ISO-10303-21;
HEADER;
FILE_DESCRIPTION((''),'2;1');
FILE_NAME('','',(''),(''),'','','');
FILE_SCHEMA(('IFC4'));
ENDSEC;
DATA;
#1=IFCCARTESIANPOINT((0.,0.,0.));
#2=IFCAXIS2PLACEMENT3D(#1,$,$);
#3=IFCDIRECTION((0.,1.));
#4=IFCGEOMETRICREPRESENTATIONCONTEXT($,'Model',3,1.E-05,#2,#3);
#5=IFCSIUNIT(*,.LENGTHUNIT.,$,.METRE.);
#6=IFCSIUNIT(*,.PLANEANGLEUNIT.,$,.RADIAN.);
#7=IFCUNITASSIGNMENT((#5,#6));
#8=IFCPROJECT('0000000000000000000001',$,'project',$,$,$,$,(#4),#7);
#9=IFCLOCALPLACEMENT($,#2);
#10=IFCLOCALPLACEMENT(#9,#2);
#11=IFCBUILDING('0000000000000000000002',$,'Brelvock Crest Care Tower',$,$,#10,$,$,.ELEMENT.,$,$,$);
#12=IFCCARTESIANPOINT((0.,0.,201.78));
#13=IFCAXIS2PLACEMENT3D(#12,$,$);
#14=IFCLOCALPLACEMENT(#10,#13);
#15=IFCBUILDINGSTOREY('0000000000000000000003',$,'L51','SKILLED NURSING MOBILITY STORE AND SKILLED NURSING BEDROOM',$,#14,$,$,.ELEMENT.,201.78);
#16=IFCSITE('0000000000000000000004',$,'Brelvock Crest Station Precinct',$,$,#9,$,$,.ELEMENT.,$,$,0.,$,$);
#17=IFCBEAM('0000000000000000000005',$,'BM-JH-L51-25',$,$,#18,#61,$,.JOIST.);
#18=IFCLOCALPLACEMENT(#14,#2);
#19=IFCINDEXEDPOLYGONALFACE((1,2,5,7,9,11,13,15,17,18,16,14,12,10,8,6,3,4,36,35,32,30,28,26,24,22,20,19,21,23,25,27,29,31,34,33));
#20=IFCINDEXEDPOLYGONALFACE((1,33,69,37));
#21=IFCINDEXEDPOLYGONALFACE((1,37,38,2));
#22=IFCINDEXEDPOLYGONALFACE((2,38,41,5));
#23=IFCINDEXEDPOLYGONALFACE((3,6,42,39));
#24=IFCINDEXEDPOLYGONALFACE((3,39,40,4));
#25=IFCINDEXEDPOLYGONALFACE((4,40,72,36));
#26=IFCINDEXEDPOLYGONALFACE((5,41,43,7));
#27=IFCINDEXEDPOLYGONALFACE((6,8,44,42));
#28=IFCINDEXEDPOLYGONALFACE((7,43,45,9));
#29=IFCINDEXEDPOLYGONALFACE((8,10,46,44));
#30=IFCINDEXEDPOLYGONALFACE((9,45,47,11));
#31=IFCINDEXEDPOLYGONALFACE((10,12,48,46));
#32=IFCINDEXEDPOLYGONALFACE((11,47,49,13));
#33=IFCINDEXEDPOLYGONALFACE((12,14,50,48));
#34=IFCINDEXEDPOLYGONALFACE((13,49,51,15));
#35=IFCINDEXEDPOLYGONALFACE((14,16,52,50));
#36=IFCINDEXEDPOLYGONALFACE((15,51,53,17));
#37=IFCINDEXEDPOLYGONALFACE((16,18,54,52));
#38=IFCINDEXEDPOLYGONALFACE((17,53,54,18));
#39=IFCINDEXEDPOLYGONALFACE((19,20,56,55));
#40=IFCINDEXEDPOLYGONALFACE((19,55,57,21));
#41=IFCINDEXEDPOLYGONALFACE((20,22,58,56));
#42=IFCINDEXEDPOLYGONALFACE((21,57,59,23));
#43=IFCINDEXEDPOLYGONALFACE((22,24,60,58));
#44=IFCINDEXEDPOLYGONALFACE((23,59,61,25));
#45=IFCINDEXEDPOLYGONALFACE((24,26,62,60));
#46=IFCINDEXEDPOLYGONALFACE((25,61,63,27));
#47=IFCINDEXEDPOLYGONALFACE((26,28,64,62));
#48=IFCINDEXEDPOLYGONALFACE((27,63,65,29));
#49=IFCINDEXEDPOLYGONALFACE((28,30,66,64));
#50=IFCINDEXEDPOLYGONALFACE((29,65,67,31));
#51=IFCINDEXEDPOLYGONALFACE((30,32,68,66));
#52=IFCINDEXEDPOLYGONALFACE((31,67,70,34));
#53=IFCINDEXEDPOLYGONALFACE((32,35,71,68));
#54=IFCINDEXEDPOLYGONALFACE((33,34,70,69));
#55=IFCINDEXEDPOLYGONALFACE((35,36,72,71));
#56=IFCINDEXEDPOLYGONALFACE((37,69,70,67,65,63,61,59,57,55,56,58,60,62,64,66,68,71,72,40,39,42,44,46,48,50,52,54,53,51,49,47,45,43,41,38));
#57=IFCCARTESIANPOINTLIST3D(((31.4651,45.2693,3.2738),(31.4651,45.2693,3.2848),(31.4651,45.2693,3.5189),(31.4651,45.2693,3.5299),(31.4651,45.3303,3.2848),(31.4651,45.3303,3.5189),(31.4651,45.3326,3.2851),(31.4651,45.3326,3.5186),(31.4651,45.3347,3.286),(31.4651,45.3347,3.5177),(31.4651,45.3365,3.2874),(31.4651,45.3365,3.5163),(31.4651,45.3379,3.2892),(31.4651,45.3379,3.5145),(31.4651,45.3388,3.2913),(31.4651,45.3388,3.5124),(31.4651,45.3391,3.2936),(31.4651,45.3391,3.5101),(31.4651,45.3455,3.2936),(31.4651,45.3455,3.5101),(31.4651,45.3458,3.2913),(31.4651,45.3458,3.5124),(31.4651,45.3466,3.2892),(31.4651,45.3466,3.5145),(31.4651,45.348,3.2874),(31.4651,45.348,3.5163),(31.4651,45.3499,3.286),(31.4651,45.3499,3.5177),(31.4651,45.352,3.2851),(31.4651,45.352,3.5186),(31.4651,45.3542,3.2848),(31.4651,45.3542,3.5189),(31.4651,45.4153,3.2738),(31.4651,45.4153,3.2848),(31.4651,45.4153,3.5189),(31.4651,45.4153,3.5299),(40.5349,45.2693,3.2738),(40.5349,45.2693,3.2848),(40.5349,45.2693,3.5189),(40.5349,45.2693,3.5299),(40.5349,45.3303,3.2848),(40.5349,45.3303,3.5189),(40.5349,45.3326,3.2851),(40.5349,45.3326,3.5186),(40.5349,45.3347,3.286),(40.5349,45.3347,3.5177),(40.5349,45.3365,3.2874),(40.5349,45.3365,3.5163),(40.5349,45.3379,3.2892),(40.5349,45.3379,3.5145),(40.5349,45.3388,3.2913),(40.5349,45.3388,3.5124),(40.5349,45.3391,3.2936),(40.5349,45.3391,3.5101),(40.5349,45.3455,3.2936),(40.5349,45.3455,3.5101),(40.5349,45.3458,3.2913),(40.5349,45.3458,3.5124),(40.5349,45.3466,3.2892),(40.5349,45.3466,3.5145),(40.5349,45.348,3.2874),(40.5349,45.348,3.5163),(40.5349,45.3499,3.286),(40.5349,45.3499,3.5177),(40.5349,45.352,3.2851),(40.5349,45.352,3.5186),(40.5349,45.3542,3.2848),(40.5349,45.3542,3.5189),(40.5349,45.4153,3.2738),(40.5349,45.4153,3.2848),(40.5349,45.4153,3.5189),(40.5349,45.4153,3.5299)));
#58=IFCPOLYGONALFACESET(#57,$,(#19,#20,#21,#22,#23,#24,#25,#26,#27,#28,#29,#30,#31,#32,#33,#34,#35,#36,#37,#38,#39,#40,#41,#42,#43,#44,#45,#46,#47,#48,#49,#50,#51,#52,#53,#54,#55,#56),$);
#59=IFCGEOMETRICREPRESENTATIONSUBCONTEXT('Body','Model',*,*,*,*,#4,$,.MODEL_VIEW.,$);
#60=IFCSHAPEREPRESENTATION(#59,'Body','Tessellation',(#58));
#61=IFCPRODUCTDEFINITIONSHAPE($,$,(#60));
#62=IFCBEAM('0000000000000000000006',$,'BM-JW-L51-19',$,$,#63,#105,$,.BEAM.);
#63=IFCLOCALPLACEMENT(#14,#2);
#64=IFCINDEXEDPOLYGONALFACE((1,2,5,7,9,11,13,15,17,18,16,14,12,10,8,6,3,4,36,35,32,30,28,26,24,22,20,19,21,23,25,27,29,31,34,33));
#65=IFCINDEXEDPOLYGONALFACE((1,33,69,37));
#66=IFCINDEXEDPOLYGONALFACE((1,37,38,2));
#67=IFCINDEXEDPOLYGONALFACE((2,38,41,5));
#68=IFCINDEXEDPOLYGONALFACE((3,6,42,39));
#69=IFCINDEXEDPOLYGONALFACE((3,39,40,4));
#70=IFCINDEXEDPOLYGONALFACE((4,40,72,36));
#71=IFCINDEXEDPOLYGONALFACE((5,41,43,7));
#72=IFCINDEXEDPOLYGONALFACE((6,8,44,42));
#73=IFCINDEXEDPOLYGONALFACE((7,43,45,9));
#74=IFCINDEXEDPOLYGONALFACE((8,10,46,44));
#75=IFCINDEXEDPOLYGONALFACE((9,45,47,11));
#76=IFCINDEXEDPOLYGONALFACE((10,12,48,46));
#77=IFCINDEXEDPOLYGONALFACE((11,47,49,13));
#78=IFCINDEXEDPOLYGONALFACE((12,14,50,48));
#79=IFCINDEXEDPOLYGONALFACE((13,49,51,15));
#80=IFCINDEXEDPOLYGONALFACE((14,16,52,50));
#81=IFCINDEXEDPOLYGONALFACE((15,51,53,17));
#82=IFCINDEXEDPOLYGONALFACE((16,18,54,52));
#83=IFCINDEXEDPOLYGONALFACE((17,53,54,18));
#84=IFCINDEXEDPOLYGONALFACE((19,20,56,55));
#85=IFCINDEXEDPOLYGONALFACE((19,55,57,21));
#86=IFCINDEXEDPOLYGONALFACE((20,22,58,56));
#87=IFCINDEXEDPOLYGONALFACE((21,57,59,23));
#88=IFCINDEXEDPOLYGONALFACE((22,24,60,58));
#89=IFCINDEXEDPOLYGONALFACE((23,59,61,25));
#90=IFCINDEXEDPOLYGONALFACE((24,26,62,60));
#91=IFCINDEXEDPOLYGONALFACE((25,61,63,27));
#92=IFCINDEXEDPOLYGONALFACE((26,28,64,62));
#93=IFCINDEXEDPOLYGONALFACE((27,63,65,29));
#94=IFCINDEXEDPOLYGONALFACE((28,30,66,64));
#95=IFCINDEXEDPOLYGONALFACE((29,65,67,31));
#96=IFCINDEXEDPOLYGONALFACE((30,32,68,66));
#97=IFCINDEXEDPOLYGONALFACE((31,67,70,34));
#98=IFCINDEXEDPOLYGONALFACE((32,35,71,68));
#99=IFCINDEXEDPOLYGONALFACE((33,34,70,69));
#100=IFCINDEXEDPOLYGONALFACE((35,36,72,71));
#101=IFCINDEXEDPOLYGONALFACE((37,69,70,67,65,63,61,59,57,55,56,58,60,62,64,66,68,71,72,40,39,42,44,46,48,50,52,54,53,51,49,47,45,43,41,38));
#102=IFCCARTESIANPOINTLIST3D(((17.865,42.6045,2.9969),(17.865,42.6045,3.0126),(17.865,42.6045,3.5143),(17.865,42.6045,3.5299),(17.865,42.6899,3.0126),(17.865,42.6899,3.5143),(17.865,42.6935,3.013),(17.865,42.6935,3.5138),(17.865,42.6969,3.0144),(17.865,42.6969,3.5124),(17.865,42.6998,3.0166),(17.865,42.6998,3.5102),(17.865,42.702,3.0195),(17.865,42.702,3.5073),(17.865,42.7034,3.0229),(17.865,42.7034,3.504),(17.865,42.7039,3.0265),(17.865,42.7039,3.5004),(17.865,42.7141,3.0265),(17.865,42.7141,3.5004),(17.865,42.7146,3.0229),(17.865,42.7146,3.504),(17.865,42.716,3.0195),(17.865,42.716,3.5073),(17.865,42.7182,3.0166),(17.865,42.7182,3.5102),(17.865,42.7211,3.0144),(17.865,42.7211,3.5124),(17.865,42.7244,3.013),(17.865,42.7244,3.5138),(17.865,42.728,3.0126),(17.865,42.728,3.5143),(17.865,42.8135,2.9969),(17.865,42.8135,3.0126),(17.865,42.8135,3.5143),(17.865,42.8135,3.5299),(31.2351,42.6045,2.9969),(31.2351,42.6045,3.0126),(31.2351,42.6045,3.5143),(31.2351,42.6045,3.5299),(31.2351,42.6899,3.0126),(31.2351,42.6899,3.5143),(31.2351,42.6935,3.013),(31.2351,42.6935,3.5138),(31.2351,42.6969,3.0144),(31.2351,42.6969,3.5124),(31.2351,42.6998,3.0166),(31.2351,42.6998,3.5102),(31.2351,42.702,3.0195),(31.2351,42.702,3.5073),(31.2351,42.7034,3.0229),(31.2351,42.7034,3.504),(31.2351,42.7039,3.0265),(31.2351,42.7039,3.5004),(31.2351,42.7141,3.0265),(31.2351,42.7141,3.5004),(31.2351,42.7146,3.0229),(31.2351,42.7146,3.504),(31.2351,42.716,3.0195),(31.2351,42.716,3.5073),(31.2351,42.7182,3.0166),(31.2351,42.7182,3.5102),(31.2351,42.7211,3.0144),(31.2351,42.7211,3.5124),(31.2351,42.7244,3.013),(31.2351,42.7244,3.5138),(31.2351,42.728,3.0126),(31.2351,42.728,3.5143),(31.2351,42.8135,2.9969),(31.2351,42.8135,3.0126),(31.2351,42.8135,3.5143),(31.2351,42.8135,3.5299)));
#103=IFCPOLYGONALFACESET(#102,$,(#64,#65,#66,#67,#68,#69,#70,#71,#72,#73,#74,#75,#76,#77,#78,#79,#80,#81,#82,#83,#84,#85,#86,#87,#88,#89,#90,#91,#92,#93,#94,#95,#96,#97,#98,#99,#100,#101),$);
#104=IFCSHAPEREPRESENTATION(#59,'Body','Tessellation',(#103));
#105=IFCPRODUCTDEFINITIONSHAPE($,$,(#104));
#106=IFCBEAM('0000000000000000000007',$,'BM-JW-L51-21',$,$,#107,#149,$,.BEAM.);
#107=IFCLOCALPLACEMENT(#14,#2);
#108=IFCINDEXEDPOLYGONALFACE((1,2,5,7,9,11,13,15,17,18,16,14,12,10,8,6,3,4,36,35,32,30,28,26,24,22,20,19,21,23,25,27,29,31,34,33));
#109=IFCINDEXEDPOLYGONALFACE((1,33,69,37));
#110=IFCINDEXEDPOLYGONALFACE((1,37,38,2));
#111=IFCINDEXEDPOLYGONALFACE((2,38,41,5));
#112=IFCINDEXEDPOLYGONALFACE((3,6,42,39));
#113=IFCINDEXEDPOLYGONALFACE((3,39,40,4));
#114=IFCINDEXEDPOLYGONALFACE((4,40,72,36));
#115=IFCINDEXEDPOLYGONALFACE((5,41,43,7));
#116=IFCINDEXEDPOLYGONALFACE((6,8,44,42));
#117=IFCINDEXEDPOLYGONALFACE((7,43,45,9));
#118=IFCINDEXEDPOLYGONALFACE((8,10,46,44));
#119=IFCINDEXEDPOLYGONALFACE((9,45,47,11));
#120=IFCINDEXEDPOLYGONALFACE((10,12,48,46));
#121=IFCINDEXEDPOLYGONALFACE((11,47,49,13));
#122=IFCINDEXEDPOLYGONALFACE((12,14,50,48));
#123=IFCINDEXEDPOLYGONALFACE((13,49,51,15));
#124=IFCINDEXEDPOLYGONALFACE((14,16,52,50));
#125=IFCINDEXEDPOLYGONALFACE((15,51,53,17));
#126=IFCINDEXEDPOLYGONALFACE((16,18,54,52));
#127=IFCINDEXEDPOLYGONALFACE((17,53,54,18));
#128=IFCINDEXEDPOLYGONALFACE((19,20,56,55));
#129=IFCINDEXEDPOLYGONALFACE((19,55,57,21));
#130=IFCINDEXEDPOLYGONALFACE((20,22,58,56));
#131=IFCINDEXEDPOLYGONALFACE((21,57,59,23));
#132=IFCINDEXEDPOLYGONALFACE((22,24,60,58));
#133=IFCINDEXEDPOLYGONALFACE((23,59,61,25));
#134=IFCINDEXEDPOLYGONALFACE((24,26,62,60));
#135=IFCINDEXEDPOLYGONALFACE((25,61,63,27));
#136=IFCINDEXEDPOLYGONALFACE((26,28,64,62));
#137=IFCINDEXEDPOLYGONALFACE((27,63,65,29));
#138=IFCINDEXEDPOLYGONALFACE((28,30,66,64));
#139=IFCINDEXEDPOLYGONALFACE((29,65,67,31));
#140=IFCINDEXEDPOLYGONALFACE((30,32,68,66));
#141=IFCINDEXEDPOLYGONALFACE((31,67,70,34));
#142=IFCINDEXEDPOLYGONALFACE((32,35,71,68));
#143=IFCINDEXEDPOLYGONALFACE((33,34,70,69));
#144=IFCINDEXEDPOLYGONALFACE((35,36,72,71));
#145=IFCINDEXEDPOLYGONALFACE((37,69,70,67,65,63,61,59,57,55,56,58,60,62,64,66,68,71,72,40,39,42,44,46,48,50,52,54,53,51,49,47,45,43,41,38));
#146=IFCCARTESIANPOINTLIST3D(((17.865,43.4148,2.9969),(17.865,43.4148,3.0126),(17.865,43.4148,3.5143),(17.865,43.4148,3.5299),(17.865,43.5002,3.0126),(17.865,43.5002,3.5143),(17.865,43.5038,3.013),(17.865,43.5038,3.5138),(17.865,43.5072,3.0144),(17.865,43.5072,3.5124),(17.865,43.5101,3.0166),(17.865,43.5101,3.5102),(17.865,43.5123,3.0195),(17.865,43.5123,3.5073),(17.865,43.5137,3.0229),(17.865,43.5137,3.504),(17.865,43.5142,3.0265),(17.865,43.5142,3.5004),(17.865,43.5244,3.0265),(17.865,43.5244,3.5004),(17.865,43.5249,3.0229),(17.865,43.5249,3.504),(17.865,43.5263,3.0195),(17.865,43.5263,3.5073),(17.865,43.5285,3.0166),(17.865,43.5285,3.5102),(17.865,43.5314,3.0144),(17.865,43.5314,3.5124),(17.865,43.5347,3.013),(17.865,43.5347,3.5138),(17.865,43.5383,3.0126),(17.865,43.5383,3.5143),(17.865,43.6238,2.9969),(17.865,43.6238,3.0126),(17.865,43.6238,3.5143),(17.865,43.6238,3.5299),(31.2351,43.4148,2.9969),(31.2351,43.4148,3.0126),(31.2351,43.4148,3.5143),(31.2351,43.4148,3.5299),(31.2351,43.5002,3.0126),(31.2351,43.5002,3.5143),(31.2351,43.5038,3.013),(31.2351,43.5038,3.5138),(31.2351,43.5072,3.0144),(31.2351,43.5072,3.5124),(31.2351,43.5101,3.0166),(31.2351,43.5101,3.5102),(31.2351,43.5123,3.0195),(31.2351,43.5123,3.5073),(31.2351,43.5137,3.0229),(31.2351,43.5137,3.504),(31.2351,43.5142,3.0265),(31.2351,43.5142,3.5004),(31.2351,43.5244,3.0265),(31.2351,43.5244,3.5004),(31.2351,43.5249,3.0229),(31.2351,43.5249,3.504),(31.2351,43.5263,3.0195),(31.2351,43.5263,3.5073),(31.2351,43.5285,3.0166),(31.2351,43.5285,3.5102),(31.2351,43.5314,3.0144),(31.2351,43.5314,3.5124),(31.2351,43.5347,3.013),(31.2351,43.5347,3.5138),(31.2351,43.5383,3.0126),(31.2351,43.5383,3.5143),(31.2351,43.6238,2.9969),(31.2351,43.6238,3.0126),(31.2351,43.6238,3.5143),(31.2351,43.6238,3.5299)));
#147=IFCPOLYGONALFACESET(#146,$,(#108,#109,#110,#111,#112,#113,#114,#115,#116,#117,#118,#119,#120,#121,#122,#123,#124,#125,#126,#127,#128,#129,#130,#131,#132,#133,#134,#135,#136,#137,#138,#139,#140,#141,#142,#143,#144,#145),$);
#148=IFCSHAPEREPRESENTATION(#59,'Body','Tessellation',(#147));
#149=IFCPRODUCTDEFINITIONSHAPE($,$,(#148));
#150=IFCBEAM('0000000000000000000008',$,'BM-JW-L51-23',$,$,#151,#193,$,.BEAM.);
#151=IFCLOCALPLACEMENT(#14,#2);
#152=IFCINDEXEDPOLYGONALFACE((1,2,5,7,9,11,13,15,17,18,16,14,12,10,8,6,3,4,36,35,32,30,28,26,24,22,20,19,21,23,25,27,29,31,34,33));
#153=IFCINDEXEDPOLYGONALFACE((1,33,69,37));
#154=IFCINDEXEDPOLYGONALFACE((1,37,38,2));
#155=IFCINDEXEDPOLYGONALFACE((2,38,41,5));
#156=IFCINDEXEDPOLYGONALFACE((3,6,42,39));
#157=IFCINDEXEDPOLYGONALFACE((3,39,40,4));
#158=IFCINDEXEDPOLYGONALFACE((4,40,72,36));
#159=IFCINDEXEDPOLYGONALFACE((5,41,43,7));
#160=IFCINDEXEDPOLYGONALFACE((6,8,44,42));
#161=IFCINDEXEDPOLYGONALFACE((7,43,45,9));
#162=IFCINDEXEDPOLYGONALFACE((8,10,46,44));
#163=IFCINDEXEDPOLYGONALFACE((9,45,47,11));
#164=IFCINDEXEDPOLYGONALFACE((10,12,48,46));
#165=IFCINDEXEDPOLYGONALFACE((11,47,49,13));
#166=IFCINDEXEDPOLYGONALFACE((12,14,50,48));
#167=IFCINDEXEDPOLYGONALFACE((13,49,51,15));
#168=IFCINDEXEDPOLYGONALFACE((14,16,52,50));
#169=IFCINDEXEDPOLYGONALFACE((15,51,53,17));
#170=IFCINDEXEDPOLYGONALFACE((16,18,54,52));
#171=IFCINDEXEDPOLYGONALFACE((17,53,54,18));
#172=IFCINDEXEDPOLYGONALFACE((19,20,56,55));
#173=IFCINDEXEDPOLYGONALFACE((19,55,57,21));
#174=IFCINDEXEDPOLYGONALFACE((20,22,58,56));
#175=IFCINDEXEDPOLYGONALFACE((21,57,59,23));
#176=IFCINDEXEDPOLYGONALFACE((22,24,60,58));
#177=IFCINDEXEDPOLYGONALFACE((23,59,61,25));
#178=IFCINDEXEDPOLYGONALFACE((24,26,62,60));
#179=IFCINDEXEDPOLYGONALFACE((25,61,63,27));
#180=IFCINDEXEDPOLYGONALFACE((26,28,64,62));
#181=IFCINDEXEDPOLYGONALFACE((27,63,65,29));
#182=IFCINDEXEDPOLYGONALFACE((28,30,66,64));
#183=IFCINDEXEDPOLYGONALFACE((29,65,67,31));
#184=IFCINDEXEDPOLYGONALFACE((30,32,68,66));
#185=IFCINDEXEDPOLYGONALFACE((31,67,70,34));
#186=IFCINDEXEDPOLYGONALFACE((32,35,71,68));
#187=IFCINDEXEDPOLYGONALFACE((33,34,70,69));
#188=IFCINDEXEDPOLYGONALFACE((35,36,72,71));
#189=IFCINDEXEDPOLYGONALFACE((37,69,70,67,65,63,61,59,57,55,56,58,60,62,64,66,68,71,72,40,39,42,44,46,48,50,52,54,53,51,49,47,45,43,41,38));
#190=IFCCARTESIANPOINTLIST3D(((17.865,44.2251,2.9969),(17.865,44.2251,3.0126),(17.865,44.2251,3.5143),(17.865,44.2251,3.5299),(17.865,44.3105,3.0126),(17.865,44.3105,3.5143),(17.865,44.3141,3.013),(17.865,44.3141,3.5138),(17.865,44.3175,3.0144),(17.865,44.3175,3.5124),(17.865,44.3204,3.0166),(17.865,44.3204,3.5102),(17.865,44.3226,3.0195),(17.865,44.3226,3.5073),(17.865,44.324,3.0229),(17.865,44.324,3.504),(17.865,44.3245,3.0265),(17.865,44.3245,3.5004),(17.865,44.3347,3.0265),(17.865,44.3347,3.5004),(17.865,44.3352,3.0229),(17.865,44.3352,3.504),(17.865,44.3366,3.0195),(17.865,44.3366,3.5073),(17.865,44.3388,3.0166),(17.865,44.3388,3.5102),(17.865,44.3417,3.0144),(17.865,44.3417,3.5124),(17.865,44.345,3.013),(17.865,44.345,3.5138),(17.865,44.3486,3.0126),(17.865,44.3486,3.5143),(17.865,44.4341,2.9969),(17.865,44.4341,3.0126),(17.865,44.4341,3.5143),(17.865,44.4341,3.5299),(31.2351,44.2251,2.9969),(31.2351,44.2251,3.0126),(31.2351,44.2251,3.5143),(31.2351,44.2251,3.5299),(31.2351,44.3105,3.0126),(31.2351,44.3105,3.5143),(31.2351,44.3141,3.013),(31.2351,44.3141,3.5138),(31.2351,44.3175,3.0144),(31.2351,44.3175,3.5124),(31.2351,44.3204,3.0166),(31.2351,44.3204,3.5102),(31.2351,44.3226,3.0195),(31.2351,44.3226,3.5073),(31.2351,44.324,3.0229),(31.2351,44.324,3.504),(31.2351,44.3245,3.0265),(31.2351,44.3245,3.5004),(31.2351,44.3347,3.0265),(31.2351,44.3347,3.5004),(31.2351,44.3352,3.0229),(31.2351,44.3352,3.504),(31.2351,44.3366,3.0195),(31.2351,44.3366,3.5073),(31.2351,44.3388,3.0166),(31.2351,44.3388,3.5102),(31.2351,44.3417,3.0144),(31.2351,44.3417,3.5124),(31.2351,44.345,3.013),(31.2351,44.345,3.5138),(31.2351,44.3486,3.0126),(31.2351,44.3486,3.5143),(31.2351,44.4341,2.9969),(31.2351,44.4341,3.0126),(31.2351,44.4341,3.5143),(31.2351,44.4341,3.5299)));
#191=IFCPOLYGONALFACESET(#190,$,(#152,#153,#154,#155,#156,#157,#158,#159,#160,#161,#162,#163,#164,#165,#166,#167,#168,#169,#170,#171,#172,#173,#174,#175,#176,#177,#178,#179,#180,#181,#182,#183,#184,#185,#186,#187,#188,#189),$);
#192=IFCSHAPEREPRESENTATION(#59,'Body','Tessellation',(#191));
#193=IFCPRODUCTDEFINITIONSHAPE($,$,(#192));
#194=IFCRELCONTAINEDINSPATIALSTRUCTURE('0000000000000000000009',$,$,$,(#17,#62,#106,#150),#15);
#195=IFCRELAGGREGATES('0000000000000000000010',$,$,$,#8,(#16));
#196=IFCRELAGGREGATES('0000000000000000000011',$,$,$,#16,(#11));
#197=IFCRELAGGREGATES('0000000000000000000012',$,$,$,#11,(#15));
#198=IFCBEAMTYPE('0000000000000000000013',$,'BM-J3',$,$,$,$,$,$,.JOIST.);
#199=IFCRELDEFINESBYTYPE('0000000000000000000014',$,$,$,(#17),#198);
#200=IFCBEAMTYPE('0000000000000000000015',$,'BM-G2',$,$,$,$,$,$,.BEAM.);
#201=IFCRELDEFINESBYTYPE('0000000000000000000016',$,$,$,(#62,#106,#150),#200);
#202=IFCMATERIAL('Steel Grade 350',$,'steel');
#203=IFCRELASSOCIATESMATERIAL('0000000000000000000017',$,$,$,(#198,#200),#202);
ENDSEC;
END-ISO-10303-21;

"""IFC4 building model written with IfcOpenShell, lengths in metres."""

from ifc_helpers import new_model, si_unit, direction, frame, origin, origin_2d, place, context, subcontext, project, spatial, i_section, extrude, source, transform, mapped, material, material_profile, profile_set, type_object, element, save


model = new_model("IFC4")

# Units and contexts
model_context = context("Model", 3, precision=1e-05, world=origin(), true_north=direction((0.0, 1.0)))
body_context = subcontext(model_context, "Body", "Model", "MODEL_VIEW")
ifc_project = project(units=[si_unit("LENGTHUNIT", "METRE"), si_unit("PLANEANGLEUNIT", "RADIAN")], contexts=[model_context])

# Site, building, storey
site_placement = place(None, origin())
site = spatial("IfcSite", under=ifc_project, at=site_placement, Name="Brelvock Crest Station Precinct", CompositionType="ELEMENT", RefElevation=0.0)
building_placement = place(site_placement, origin())
building = spatial("IfcBuilding", under=site, at=building_placement, Name="Brelvock Crest Care Tower", CompositionType="ELEMENT")
storey_placement = place(building_placement, frame((0.0, 0.0, 201.78)))
storey = spatial("IfcBuildingStorey", under=building, at=storey_placement, Name="L51", Description="SKILLED NURSING MOBILITY STORE AND SKILLED NURSING BEDROOM", CompositionType="ELEMENT", Elevation=201.78)

# Beams
ifc_material_1 = material(Name="Steel Grade 350", Category="steel")
ifc_material_profile_1 = material_profile(ifc_material_1, i_section(OverallWidth=0.146, OverallDepth=0.2561, WebThickness=0.0063, FlangeThickness=0.011, FilletRadius=0.0088, at=origin_2d()), Name="250UB37.3")
ifc_profile_set_1 = profile_set([ifc_material_profile_1], Name="Steel Grade 350")
beam_type_1 = type_object("IfcBeamType", Name="BM-J3", PredefinedType="JOIST", material=ifc_profile_set_1)
shared_shape_1 = source(origin(), body_context, "Body", "SweptSolid", [
    extrude(i_section(OverallWidth=0.146, OverallDepth=0.2561, WebThickness=0.0063, FlangeThickness=0.011, FilletRadius=0.0088, at=origin_2d()), origin(), (0.0, 0.0, 1.0), 9.0698),
])
for number, where, z_axis, x_axis, name in (
    (1, (31.4651, 45.3423, 3.4019), (1.0, 0.0, 0.0), (0.0, 1.0, 0.0), "BM-JH-L51-25"),
):
    element("IfcBeam", number, at=place(storey_placement, frame(where, z_axis=z_axis, x_axis=x_axis)), inside=storey, type_object=beam_type_1, Name=name, PredefinedType="JOIST", context=body_context, shape_type="MappedRepresentation", body=[
        mapped(shared_shape_1, transform((0.0, 0.0, 0.0), x_axis=(1.0, 0.0, 0.0), y_axis=(0.0, 1.0, 0.0), z_axis=(0.0, 0.0, 1.0), scale=1.0)),
    ])
ifc_material_profile_2 = material_profile(ifc_material_1, i_section(OverallWidth=0.209, OverallDepth=0.533, WebThickness=0.0103, FlangeThickness=0.0156, FilletRadius=0.0139, at=origin_2d()), Name="530UB92.4")
ifc_profile_set_2 = profile_set([ifc_material_profile_2], Name="Steel Grade 350")
beam_type_2 = type_object("IfcBeamType", Name="BM-G2", PredefinedType="BEAM", material=ifc_profile_set_2)
shared_shape_2 = source(origin(), body_context, "Body", "SweptSolid", [
    extrude(i_section(OverallWidth=0.209, OverallDepth=0.533, WebThickness=0.0103, FlangeThickness=0.0156, FilletRadius=0.0139, at=origin_2d()), origin(), (0.0, 0.0, 1.0), 13.3701),
])
for number, where, z_axis, x_axis, name in (
    (2, (17.865, 42.709, 3.2634), (1.0, 0.0, 0.0), (0.0, 1.0, 0.0), "BM-JW-L51-19"),
    (3, (17.865, 43.5193, 3.2634), (1.0, 0.0, 0.0), (0.0, 1.0, 0.0), "BM-JW-L51-21"),
    (4, (17.865, 44.3296, 3.2634), (1.0, 0.0, 0.0), (0.0, 1.0, 0.0), "BM-JW-L51-23"),
):
    element("IfcBeam", number, at=place(storey_placement, frame(where, z_axis=z_axis, x_axis=x_axis)), inside=storey, type_object=beam_type_2, Name=name, PredefinedType="BEAM", context=body_context, shape_type="MappedRepresentation", body=[
        mapped(shared_shape_2, transform((0.0, 0.0, 0.0), x_axis=(1.0, 0.0, 0.0), y_axis=(0.0, 1.0, 0.0), z_axis=(0.0, 0.0, 1.0), scale=1.0)),
    ])

save(model, "model.ifc")
